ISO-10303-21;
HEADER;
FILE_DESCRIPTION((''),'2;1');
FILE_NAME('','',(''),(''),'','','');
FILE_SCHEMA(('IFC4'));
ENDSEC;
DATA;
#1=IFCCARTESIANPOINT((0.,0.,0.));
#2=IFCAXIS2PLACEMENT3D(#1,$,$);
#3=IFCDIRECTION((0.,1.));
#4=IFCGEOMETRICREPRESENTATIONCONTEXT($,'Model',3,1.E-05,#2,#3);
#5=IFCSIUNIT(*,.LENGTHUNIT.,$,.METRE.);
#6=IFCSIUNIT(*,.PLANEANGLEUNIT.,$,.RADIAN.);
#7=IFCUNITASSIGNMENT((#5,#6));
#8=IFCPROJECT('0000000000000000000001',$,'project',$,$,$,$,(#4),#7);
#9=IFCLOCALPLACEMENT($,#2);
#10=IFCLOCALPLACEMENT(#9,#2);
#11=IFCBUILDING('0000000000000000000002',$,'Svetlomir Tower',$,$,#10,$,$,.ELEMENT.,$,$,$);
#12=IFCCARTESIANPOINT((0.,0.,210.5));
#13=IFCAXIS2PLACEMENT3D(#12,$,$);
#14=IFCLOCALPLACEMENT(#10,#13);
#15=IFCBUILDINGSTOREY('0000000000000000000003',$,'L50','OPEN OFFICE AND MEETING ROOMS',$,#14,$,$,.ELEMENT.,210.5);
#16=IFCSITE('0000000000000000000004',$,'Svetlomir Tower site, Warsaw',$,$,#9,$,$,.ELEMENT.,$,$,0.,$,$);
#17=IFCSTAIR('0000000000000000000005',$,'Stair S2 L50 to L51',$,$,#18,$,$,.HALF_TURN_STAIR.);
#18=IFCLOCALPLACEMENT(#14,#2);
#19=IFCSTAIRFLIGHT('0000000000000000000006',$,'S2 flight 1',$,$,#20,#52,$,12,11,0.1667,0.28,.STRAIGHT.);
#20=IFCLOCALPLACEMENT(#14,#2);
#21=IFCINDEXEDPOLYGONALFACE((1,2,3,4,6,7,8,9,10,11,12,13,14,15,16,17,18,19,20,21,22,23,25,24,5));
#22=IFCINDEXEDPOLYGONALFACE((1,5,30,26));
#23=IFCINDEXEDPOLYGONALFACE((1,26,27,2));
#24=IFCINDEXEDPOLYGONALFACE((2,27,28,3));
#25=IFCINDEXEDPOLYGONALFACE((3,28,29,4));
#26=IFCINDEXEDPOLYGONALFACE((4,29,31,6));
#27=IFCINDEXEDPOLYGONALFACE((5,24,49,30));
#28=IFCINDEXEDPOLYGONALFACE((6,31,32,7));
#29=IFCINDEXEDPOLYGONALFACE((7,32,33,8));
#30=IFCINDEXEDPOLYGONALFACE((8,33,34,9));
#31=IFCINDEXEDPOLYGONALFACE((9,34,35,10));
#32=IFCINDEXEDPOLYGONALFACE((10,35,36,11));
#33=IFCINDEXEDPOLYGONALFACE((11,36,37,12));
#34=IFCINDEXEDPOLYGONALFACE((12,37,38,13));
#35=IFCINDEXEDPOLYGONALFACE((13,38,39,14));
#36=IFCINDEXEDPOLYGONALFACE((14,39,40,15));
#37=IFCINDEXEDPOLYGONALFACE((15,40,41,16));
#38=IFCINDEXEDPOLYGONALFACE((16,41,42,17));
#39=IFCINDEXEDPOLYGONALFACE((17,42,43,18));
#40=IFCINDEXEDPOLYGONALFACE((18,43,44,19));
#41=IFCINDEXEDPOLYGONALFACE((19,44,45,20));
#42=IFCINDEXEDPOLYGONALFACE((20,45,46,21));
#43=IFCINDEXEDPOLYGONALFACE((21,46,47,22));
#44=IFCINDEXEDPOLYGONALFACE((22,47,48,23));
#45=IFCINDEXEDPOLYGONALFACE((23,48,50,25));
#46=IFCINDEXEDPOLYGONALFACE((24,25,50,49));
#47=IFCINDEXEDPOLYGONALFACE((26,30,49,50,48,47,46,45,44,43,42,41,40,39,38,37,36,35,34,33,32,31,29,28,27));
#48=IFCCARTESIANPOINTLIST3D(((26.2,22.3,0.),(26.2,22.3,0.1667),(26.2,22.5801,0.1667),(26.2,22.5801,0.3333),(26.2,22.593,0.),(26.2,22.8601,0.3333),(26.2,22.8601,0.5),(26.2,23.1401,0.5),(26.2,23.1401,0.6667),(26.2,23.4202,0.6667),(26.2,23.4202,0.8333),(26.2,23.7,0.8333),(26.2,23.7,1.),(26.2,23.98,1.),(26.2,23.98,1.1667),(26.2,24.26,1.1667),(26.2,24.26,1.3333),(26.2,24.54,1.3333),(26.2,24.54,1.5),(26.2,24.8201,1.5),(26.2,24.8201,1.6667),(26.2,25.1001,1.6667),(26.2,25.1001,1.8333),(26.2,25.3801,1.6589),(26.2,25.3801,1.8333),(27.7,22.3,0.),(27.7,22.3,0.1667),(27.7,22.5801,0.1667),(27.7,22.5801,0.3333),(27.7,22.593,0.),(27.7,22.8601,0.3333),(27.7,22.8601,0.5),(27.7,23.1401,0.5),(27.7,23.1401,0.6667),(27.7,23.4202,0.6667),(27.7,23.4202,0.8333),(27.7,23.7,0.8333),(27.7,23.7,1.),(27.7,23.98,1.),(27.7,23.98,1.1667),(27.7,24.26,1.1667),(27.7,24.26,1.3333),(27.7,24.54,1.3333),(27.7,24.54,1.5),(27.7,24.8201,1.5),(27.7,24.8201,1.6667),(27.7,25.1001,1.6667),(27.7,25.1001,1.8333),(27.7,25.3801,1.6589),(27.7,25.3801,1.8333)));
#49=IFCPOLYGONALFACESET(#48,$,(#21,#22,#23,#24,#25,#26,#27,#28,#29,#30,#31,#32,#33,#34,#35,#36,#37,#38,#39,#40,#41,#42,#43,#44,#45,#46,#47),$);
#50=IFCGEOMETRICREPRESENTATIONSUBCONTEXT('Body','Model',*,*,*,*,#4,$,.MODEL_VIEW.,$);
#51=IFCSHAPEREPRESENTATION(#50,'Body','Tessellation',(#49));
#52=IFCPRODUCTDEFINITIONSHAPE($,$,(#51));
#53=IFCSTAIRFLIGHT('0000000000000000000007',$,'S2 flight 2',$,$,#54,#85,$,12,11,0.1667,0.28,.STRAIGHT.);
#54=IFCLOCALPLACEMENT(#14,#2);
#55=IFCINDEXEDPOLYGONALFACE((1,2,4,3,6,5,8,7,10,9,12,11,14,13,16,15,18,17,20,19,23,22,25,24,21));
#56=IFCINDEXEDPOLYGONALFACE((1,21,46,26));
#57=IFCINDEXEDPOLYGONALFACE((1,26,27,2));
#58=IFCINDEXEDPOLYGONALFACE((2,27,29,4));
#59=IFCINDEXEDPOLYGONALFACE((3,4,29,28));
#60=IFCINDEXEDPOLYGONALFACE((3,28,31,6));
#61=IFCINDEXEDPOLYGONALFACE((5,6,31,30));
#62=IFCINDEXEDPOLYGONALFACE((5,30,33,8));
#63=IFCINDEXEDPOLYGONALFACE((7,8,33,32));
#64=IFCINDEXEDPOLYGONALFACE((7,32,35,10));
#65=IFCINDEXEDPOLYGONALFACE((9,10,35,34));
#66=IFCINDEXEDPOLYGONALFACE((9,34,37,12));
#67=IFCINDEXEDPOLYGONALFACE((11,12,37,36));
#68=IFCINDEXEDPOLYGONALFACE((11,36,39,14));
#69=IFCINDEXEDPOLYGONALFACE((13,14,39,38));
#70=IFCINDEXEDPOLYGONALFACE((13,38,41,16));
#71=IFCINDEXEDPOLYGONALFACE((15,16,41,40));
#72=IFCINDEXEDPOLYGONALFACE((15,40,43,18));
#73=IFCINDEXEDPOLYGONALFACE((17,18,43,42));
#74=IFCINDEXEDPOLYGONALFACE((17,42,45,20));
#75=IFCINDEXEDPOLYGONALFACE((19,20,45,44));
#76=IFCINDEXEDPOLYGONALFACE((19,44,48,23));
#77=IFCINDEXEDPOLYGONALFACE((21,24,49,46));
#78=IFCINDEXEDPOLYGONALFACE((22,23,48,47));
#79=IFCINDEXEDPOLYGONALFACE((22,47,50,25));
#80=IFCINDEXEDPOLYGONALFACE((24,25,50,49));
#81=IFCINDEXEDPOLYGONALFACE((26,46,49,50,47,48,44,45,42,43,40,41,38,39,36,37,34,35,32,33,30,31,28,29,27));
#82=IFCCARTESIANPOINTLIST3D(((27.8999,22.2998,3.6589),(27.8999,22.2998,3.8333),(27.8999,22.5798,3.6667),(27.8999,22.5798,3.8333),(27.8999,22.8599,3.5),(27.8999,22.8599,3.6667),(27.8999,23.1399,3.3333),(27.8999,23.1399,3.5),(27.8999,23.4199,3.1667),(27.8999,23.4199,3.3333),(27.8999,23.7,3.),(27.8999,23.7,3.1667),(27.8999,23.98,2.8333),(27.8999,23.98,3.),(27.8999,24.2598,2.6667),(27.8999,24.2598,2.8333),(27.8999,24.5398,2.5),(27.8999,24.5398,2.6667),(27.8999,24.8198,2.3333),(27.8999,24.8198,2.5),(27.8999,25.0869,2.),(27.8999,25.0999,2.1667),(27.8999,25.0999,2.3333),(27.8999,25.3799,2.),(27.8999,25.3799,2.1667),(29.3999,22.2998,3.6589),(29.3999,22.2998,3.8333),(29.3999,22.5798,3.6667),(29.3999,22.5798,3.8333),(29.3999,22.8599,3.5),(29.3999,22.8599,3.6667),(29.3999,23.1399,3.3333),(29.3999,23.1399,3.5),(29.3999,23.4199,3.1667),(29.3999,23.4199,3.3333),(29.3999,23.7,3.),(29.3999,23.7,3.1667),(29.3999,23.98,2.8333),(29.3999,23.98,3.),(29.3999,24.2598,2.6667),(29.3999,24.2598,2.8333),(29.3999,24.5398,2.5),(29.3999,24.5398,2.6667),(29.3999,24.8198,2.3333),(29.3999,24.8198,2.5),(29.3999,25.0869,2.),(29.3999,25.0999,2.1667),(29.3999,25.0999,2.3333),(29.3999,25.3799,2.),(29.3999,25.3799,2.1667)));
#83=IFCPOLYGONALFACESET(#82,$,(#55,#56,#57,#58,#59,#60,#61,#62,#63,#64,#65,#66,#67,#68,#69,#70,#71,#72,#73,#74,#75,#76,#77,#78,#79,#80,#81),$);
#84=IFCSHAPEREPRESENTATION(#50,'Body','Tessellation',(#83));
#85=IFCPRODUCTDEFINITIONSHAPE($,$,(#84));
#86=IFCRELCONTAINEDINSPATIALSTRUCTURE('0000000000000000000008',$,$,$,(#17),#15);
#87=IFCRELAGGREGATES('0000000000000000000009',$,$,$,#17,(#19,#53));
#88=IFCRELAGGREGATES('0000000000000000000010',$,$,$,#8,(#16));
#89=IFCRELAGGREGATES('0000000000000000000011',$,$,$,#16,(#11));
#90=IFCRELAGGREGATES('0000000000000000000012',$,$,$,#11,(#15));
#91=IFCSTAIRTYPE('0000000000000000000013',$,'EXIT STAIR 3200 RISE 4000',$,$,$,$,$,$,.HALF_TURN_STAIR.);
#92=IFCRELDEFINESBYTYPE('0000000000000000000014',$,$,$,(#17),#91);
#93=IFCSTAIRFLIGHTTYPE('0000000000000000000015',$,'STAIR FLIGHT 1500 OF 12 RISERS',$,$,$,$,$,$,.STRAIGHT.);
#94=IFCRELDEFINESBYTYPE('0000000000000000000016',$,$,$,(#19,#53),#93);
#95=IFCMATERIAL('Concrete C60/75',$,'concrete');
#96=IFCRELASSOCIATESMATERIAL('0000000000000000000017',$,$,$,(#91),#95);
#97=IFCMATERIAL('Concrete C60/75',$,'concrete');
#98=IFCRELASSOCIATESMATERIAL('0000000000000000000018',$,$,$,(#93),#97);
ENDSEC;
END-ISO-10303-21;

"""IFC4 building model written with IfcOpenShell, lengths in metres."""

from ifc_helpers import new_model, si_unit, direction, frame, origin, place, context, subcontext, project, spatial, polyline, outline, extrude, material, type_object, element, aggregate, save


model = new_model("IFC4")

# Units and contexts
model_context = context("Model", 3, precision=1e-05, world=origin(), true_north=direction((0.0, 1.0)))
body_context = subcontext(model_context, "Body", "Model", "MODEL_VIEW")
ifc_project = project(units=[si_unit("LENGTHUNIT", "METRE"), si_unit("PLANEANGLEUNIT", "RADIAN")], contexts=[model_context])

# Site, building, storey
site_placement = place(None, origin())
site = spatial("IfcSite", under=ifc_project, at=site_placement, Name="Svetlomir Tower site, Warsaw", CompositionType="ELEMENT", RefElevation=0.0)
building_placement = place(site_placement, origin())
building = spatial("IfcBuilding", under=site, at=building_placement, Name="Svetlomir Tower", CompositionType="ELEMENT")
storey_placement = place(building_placement, frame((0.0, 0.0, 210.5)))
storey = spatial("IfcBuildingStorey", under=building, at=storey_placement, Name="L50", Description="OPEN OFFICE AND MEETING ROOMS", CompositionType="ELEMENT", Elevation=210.5)

# Stair, stair flights
ifc_material_1 = material(Name="Concrete C60/75", Category="concrete")
stair_type = type_object("IfcStairType", Name="EXIT STAIR 3200 RISE 4000", PredefinedType="HALF_TURN_STAIR", material=ifc_material_1)
stair_placement = place(storey_placement, origin())
stair = element("IfcStair", 1, at=stair_placement, inside=storey, type_object=stair_type, Name="Stair S2 L50 to L51", PredefinedType="HALF_TURN_STAIR")
ifc_material_2 = material(Name="Concrete C60/75", Category="concrete")
stair_flight_type = type_object("IfcStairFlightType", Name="STAIR FLIGHT 1500 OF 12 RISERS", PredefinedType="STRAIGHT", material=ifc_material_2)
stair_flight_1_placement = place(storey_placement, frame((26.95, 22.3, 0.0), z_axis=(0.0, 0.0, 1.0), x_axis=(0.0, 1.0, 0.0)))
stair_flight_1 = element("IfcStairFlight", 2, at=stair_flight_1_placement, type_object=stair_flight_type, Name="S2 flight 1", NumberOfRisers=12, NumberOfTreads=11, PredefinedType="STRAIGHT", RiserHeight=0.1667, TreadLength=0.28, context=body_context, shape_type="SweptSolid", body=[
    extrude(outline(polyline([(0.0, 0.0), (0.0, 0.1667), (0.28, 0.1667), (0.28, 0.3333), (0.5601, 0.3333), (0.5601, 0.5), (0.8401, 0.5), (0.8401, 0.6667), (1.1201, 0.6667), (1.1201, 0.8333), (1.3999, 0.8333), (1.3999, 1.0), (1.6799, 1.0), (1.6799, 1.1667), (1.96, 1.1667), (1.96, 1.3333), (2.24, 1.3333), (2.24, 1.5), (2.52, 1.5), (2.52, 1.6667), (2.8, 1.6667), (2.8, 1.8333), (3.0801, 1.8333), (3.0801, 2.0), (3.0801, 1.6589), (0.293, 0.0), (0.0, 0.0)])), frame((0.0, 0.75, 0.0), z_axis=(0.0, -1.0, 0.0), x_axis=(1.0, 0.0, 0.0)), (0.0, 0.0, 1.0), 1.5),
])
stair_flight_2_placement = place(storey_placement, frame((28.6499, 25.3799, 2.0), z_axis=(0.0, 0.0, 1.0), x_axis=(0.0, -1.0, 0.0)))
stair_flight_2 = element("IfcStairFlight", 3, at=stair_flight_2_placement, type_object=stair_flight_type, Name="S2 flight 2", NumberOfRisers=12, NumberOfTreads=11, PredefinedType="STRAIGHT", RiserHeight=0.1667, TreadLength=0.28, context=body_context, shape_type="SweptSolid", body=[
    extrude(outline(polyline([(0.0, 0.0), (0.0, 0.1667), (0.28, 0.1667), (0.28, 0.3333), (0.5601, 0.3333), (0.5601, 0.5), (0.8401, 0.5), (0.8401, 0.6667), (1.1201, 0.6667), (1.1201, 0.8333), (1.3999, 0.8333), (1.3999, 1.0), (1.6799, 1.0), (1.6799, 1.1667), (1.96, 1.1667), (1.96, 1.3333), (2.24, 1.3333), (2.24, 1.5), (2.52, 1.5), (2.52, 1.6667), (2.8, 1.6667), (2.8, 1.8333), (3.0801, 1.8333), (3.0801, 2.0), (3.0801, 1.6589), (0.293, 0.0), (0.0, 0.0)])), frame((0.0, 0.75, 0.0), z_axis=(0.0, -1.0, 0.0), x_axis=(1.0, 0.0, 0.0)), (0.0, 0.0, 1.0), 1.5),
])
aggregate(stair, [stair_flight_1, stair_flight_2])

save(model, "model.ifc")
